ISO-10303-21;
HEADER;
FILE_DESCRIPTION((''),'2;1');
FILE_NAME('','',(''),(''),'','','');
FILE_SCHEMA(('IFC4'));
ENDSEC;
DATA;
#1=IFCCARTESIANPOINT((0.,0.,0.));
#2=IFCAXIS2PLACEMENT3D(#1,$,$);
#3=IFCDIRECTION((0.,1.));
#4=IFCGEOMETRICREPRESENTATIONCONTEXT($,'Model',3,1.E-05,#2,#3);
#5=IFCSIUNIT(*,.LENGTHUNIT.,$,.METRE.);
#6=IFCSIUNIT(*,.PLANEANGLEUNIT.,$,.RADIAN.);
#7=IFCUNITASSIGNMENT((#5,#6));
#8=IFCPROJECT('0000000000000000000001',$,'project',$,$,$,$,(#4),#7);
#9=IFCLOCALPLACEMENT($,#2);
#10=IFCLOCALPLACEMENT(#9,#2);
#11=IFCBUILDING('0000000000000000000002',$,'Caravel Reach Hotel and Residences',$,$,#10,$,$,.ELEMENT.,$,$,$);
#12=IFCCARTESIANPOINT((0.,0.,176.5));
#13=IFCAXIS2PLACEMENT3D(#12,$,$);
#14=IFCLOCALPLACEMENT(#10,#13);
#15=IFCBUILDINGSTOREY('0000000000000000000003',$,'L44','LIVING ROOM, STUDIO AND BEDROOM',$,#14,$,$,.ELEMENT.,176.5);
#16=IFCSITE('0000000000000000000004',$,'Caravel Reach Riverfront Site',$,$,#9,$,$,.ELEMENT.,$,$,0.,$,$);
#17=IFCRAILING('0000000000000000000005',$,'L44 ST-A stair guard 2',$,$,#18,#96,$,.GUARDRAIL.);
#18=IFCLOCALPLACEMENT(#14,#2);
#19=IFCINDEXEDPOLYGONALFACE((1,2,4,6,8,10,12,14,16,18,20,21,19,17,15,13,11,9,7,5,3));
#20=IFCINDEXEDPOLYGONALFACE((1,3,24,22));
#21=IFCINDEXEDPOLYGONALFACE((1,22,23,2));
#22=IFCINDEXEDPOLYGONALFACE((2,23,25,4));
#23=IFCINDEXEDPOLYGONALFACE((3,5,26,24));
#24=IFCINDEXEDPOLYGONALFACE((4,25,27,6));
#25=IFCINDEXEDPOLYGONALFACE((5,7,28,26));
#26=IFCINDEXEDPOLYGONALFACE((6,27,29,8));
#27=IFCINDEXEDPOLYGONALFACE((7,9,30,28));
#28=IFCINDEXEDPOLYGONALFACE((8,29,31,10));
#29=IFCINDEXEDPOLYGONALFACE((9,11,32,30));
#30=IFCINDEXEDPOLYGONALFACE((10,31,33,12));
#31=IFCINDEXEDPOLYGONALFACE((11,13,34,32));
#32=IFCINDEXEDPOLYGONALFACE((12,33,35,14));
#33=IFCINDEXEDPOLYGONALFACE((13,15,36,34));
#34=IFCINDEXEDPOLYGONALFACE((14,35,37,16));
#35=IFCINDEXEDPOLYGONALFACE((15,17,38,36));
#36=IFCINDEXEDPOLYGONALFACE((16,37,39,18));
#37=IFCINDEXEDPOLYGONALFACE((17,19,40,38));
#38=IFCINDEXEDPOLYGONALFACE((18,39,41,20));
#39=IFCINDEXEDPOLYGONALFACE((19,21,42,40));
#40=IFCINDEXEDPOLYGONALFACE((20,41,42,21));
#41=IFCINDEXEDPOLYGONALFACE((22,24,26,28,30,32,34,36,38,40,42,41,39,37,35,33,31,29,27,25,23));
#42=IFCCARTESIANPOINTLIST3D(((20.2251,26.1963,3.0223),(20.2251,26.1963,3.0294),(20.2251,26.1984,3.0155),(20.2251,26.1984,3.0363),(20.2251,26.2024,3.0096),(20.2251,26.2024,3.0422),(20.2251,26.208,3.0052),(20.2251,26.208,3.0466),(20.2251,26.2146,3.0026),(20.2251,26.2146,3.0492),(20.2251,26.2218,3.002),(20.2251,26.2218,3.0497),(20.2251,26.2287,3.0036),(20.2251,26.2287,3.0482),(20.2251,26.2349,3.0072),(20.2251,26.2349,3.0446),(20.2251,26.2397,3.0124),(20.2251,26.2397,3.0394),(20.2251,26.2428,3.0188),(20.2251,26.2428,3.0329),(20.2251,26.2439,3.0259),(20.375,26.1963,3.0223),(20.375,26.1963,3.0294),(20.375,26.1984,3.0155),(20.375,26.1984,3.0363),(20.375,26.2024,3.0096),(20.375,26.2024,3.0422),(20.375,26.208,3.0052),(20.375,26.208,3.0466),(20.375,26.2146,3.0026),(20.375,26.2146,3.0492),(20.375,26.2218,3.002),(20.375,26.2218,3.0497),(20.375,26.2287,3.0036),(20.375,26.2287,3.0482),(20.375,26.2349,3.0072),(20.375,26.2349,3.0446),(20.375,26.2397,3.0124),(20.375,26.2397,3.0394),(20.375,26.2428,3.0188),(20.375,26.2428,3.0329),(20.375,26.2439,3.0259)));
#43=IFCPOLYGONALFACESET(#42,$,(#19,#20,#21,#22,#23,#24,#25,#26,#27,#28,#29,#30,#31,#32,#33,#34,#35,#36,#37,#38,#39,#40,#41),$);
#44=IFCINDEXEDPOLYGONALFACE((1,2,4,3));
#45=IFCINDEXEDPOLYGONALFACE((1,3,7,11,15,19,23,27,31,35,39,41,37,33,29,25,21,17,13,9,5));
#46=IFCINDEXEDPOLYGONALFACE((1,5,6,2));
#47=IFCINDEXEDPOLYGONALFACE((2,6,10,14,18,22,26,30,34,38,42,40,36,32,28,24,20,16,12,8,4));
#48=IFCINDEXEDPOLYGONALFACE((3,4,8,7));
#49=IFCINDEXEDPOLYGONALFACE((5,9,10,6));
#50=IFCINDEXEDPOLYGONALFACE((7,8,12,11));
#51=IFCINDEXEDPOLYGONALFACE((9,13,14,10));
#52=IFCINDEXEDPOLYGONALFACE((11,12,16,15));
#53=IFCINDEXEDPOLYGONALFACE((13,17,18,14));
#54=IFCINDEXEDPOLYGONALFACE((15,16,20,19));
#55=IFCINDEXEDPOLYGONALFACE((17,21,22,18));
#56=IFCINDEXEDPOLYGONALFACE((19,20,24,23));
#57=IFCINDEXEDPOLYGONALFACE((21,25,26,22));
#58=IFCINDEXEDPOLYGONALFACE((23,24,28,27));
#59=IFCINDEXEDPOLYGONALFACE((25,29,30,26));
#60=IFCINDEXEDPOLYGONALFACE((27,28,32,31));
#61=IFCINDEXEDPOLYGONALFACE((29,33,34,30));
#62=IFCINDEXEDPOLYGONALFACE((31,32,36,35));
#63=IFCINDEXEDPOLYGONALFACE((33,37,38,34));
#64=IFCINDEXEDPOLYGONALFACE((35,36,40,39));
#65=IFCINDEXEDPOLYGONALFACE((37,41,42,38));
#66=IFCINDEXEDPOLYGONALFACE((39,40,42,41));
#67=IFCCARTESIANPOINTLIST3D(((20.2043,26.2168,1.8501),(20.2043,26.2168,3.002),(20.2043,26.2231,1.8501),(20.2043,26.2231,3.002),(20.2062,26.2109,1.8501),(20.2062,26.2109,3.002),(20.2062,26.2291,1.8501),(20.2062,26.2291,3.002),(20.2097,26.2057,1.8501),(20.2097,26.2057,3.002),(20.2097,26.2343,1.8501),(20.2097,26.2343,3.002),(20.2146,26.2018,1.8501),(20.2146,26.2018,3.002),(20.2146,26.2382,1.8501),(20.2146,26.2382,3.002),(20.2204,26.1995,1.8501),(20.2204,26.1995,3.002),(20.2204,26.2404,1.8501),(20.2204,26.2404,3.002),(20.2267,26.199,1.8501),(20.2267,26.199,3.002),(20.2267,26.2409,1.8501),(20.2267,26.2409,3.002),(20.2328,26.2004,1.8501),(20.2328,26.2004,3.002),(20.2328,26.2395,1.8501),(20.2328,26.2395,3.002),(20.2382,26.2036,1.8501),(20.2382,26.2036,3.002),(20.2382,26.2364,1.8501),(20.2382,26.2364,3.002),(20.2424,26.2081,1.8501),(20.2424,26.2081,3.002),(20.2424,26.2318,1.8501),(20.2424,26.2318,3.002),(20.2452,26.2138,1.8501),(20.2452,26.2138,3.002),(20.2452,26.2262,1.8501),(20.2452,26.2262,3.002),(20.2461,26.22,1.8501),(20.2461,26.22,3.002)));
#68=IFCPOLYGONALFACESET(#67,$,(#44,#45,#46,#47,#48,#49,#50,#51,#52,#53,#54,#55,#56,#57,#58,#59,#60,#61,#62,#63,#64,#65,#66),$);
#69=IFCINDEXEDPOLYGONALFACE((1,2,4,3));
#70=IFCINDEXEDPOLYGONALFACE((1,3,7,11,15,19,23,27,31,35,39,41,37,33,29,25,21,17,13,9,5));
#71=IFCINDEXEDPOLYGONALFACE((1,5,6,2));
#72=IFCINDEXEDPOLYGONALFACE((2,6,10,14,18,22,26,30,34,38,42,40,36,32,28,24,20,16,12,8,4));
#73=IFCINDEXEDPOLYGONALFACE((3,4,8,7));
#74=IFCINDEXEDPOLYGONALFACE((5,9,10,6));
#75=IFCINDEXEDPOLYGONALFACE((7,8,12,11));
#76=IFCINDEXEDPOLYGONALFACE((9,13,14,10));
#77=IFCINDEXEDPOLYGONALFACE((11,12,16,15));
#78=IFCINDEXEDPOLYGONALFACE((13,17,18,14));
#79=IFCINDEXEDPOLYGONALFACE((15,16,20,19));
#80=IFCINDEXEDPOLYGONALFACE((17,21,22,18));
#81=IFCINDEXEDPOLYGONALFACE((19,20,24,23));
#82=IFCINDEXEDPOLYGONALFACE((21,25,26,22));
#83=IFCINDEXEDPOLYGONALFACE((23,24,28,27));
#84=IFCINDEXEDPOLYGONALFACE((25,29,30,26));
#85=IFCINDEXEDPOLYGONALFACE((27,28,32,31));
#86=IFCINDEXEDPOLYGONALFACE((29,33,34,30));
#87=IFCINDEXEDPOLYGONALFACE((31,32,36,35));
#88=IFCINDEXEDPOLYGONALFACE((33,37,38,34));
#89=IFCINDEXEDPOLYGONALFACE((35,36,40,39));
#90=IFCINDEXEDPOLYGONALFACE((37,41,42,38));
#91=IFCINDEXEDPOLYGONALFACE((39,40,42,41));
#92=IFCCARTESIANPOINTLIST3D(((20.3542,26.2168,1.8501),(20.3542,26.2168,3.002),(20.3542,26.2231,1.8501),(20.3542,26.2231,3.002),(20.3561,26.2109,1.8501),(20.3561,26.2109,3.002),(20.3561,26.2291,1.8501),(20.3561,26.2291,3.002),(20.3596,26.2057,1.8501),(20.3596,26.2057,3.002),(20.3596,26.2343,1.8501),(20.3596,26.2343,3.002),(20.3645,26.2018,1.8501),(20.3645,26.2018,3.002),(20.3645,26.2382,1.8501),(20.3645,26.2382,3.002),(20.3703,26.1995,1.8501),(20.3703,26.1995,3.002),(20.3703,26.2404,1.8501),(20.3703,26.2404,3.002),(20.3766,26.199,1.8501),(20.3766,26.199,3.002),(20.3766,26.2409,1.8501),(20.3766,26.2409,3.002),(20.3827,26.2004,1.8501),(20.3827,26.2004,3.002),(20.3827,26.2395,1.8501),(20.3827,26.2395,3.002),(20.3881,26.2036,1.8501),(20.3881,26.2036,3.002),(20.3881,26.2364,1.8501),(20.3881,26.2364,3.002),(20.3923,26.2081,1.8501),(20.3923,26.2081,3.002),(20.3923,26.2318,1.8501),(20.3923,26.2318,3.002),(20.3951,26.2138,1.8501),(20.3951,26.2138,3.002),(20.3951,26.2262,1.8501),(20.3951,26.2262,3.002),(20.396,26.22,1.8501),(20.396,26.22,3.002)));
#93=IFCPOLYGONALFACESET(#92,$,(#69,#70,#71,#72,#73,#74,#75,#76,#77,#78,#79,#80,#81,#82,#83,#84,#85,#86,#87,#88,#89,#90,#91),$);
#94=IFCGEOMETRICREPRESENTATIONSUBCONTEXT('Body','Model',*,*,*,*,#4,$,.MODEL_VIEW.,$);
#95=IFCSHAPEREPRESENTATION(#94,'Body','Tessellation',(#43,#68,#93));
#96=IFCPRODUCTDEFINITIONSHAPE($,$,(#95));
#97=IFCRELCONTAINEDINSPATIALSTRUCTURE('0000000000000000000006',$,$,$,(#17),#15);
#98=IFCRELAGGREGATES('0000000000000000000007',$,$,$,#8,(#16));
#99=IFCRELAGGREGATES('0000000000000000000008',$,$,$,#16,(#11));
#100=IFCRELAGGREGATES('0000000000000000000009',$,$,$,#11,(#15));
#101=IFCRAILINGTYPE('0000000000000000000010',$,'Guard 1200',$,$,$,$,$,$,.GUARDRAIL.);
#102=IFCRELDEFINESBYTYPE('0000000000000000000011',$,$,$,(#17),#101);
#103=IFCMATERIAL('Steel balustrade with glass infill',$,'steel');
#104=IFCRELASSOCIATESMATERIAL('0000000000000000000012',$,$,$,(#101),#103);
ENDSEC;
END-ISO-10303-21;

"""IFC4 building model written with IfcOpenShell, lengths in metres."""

from ifc_helpers import new_model, si_unit, direction, frame, origin, origin_2d, place, context, subcontext, project, spatial, circle, extrude, material, type_object, element, save


model = new_model("IFC4")

# Units and contexts
model_context = context("Model", 3, precision=1e-05, world=origin(), true_north=direction((0.0, 1.0)))
body_context = subcontext(model_context, "Body", "Model", "MODEL_VIEW")
ifc_project = project(units=[si_unit("LENGTHUNIT", "METRE"), si_unit("PLANEANGLEUNIT", "RADIAN")], contexts=[model_context])

# Site, building, storey
site_placement = place(None, origin())
site = spatial("IfcSite", under=ifc_project, at=site_placement, Name="Caravel Reach Riverfront Site", CompositionType="ELEMENT", RefElevation=0.0)
building_placement = place(site_placement, origin())
building = spatial("IfcBuilding", under=site, at=building_placement, Name="Caravel Reach Hotel and Residences", CompositionType="ELEMENT")
storey_placement = place(building_placement, frame((0.0, 0.0, 176.5)))
storey = spatial("IfcBuildingStorey", under=building, at=storey_placement, Name="L44", Description="LIVING ROOM, STUDIO AND BEDROOM", CompositionType="ELEMENT", Elevation=176.5)

# Railing
ifc_material_1 = material(Name="Steel balustrade with glass infill", Category="steel")
railing_type_1 = type_object("IfcRailingType", Name="Guard 1200", PredefinedType="GUARDRAIL", material=ifc_material_1)
railing_1_placement = place(storey_placement, frame((20.2251, 26.22, 1.8501)))
element("IfcRailing", 1, at=railing_1_placement, inside=storey, type_object=railing_type_1, Name="L44 ST-A stair guard 2", PredefinedType="GUARDRAIL", context=body_context, shape_type="SweptSolid", body=[
    extrude(circle(Radius=0.0239, at=origin_2d()), frame((0.0, 0.0, 1.1758), z_axis=(1.0, 0.0, 0.0), x_axis=(0.0, 1.0, 0.0)), (0.0, 0.0, 1.0), 0.1499),
    extrude(circle(Radius=0.021, at=origin_2d()), origin(), (0.0, 0.0, 1.0), 1.1519),
    extrude(circle(Radius=0.021, at=origin_2d()), frame((0.1499, 0.0, 0.0)), (0.0, 0.0, 1.0), 1.1519),
])

save(model, "model.ifc")
